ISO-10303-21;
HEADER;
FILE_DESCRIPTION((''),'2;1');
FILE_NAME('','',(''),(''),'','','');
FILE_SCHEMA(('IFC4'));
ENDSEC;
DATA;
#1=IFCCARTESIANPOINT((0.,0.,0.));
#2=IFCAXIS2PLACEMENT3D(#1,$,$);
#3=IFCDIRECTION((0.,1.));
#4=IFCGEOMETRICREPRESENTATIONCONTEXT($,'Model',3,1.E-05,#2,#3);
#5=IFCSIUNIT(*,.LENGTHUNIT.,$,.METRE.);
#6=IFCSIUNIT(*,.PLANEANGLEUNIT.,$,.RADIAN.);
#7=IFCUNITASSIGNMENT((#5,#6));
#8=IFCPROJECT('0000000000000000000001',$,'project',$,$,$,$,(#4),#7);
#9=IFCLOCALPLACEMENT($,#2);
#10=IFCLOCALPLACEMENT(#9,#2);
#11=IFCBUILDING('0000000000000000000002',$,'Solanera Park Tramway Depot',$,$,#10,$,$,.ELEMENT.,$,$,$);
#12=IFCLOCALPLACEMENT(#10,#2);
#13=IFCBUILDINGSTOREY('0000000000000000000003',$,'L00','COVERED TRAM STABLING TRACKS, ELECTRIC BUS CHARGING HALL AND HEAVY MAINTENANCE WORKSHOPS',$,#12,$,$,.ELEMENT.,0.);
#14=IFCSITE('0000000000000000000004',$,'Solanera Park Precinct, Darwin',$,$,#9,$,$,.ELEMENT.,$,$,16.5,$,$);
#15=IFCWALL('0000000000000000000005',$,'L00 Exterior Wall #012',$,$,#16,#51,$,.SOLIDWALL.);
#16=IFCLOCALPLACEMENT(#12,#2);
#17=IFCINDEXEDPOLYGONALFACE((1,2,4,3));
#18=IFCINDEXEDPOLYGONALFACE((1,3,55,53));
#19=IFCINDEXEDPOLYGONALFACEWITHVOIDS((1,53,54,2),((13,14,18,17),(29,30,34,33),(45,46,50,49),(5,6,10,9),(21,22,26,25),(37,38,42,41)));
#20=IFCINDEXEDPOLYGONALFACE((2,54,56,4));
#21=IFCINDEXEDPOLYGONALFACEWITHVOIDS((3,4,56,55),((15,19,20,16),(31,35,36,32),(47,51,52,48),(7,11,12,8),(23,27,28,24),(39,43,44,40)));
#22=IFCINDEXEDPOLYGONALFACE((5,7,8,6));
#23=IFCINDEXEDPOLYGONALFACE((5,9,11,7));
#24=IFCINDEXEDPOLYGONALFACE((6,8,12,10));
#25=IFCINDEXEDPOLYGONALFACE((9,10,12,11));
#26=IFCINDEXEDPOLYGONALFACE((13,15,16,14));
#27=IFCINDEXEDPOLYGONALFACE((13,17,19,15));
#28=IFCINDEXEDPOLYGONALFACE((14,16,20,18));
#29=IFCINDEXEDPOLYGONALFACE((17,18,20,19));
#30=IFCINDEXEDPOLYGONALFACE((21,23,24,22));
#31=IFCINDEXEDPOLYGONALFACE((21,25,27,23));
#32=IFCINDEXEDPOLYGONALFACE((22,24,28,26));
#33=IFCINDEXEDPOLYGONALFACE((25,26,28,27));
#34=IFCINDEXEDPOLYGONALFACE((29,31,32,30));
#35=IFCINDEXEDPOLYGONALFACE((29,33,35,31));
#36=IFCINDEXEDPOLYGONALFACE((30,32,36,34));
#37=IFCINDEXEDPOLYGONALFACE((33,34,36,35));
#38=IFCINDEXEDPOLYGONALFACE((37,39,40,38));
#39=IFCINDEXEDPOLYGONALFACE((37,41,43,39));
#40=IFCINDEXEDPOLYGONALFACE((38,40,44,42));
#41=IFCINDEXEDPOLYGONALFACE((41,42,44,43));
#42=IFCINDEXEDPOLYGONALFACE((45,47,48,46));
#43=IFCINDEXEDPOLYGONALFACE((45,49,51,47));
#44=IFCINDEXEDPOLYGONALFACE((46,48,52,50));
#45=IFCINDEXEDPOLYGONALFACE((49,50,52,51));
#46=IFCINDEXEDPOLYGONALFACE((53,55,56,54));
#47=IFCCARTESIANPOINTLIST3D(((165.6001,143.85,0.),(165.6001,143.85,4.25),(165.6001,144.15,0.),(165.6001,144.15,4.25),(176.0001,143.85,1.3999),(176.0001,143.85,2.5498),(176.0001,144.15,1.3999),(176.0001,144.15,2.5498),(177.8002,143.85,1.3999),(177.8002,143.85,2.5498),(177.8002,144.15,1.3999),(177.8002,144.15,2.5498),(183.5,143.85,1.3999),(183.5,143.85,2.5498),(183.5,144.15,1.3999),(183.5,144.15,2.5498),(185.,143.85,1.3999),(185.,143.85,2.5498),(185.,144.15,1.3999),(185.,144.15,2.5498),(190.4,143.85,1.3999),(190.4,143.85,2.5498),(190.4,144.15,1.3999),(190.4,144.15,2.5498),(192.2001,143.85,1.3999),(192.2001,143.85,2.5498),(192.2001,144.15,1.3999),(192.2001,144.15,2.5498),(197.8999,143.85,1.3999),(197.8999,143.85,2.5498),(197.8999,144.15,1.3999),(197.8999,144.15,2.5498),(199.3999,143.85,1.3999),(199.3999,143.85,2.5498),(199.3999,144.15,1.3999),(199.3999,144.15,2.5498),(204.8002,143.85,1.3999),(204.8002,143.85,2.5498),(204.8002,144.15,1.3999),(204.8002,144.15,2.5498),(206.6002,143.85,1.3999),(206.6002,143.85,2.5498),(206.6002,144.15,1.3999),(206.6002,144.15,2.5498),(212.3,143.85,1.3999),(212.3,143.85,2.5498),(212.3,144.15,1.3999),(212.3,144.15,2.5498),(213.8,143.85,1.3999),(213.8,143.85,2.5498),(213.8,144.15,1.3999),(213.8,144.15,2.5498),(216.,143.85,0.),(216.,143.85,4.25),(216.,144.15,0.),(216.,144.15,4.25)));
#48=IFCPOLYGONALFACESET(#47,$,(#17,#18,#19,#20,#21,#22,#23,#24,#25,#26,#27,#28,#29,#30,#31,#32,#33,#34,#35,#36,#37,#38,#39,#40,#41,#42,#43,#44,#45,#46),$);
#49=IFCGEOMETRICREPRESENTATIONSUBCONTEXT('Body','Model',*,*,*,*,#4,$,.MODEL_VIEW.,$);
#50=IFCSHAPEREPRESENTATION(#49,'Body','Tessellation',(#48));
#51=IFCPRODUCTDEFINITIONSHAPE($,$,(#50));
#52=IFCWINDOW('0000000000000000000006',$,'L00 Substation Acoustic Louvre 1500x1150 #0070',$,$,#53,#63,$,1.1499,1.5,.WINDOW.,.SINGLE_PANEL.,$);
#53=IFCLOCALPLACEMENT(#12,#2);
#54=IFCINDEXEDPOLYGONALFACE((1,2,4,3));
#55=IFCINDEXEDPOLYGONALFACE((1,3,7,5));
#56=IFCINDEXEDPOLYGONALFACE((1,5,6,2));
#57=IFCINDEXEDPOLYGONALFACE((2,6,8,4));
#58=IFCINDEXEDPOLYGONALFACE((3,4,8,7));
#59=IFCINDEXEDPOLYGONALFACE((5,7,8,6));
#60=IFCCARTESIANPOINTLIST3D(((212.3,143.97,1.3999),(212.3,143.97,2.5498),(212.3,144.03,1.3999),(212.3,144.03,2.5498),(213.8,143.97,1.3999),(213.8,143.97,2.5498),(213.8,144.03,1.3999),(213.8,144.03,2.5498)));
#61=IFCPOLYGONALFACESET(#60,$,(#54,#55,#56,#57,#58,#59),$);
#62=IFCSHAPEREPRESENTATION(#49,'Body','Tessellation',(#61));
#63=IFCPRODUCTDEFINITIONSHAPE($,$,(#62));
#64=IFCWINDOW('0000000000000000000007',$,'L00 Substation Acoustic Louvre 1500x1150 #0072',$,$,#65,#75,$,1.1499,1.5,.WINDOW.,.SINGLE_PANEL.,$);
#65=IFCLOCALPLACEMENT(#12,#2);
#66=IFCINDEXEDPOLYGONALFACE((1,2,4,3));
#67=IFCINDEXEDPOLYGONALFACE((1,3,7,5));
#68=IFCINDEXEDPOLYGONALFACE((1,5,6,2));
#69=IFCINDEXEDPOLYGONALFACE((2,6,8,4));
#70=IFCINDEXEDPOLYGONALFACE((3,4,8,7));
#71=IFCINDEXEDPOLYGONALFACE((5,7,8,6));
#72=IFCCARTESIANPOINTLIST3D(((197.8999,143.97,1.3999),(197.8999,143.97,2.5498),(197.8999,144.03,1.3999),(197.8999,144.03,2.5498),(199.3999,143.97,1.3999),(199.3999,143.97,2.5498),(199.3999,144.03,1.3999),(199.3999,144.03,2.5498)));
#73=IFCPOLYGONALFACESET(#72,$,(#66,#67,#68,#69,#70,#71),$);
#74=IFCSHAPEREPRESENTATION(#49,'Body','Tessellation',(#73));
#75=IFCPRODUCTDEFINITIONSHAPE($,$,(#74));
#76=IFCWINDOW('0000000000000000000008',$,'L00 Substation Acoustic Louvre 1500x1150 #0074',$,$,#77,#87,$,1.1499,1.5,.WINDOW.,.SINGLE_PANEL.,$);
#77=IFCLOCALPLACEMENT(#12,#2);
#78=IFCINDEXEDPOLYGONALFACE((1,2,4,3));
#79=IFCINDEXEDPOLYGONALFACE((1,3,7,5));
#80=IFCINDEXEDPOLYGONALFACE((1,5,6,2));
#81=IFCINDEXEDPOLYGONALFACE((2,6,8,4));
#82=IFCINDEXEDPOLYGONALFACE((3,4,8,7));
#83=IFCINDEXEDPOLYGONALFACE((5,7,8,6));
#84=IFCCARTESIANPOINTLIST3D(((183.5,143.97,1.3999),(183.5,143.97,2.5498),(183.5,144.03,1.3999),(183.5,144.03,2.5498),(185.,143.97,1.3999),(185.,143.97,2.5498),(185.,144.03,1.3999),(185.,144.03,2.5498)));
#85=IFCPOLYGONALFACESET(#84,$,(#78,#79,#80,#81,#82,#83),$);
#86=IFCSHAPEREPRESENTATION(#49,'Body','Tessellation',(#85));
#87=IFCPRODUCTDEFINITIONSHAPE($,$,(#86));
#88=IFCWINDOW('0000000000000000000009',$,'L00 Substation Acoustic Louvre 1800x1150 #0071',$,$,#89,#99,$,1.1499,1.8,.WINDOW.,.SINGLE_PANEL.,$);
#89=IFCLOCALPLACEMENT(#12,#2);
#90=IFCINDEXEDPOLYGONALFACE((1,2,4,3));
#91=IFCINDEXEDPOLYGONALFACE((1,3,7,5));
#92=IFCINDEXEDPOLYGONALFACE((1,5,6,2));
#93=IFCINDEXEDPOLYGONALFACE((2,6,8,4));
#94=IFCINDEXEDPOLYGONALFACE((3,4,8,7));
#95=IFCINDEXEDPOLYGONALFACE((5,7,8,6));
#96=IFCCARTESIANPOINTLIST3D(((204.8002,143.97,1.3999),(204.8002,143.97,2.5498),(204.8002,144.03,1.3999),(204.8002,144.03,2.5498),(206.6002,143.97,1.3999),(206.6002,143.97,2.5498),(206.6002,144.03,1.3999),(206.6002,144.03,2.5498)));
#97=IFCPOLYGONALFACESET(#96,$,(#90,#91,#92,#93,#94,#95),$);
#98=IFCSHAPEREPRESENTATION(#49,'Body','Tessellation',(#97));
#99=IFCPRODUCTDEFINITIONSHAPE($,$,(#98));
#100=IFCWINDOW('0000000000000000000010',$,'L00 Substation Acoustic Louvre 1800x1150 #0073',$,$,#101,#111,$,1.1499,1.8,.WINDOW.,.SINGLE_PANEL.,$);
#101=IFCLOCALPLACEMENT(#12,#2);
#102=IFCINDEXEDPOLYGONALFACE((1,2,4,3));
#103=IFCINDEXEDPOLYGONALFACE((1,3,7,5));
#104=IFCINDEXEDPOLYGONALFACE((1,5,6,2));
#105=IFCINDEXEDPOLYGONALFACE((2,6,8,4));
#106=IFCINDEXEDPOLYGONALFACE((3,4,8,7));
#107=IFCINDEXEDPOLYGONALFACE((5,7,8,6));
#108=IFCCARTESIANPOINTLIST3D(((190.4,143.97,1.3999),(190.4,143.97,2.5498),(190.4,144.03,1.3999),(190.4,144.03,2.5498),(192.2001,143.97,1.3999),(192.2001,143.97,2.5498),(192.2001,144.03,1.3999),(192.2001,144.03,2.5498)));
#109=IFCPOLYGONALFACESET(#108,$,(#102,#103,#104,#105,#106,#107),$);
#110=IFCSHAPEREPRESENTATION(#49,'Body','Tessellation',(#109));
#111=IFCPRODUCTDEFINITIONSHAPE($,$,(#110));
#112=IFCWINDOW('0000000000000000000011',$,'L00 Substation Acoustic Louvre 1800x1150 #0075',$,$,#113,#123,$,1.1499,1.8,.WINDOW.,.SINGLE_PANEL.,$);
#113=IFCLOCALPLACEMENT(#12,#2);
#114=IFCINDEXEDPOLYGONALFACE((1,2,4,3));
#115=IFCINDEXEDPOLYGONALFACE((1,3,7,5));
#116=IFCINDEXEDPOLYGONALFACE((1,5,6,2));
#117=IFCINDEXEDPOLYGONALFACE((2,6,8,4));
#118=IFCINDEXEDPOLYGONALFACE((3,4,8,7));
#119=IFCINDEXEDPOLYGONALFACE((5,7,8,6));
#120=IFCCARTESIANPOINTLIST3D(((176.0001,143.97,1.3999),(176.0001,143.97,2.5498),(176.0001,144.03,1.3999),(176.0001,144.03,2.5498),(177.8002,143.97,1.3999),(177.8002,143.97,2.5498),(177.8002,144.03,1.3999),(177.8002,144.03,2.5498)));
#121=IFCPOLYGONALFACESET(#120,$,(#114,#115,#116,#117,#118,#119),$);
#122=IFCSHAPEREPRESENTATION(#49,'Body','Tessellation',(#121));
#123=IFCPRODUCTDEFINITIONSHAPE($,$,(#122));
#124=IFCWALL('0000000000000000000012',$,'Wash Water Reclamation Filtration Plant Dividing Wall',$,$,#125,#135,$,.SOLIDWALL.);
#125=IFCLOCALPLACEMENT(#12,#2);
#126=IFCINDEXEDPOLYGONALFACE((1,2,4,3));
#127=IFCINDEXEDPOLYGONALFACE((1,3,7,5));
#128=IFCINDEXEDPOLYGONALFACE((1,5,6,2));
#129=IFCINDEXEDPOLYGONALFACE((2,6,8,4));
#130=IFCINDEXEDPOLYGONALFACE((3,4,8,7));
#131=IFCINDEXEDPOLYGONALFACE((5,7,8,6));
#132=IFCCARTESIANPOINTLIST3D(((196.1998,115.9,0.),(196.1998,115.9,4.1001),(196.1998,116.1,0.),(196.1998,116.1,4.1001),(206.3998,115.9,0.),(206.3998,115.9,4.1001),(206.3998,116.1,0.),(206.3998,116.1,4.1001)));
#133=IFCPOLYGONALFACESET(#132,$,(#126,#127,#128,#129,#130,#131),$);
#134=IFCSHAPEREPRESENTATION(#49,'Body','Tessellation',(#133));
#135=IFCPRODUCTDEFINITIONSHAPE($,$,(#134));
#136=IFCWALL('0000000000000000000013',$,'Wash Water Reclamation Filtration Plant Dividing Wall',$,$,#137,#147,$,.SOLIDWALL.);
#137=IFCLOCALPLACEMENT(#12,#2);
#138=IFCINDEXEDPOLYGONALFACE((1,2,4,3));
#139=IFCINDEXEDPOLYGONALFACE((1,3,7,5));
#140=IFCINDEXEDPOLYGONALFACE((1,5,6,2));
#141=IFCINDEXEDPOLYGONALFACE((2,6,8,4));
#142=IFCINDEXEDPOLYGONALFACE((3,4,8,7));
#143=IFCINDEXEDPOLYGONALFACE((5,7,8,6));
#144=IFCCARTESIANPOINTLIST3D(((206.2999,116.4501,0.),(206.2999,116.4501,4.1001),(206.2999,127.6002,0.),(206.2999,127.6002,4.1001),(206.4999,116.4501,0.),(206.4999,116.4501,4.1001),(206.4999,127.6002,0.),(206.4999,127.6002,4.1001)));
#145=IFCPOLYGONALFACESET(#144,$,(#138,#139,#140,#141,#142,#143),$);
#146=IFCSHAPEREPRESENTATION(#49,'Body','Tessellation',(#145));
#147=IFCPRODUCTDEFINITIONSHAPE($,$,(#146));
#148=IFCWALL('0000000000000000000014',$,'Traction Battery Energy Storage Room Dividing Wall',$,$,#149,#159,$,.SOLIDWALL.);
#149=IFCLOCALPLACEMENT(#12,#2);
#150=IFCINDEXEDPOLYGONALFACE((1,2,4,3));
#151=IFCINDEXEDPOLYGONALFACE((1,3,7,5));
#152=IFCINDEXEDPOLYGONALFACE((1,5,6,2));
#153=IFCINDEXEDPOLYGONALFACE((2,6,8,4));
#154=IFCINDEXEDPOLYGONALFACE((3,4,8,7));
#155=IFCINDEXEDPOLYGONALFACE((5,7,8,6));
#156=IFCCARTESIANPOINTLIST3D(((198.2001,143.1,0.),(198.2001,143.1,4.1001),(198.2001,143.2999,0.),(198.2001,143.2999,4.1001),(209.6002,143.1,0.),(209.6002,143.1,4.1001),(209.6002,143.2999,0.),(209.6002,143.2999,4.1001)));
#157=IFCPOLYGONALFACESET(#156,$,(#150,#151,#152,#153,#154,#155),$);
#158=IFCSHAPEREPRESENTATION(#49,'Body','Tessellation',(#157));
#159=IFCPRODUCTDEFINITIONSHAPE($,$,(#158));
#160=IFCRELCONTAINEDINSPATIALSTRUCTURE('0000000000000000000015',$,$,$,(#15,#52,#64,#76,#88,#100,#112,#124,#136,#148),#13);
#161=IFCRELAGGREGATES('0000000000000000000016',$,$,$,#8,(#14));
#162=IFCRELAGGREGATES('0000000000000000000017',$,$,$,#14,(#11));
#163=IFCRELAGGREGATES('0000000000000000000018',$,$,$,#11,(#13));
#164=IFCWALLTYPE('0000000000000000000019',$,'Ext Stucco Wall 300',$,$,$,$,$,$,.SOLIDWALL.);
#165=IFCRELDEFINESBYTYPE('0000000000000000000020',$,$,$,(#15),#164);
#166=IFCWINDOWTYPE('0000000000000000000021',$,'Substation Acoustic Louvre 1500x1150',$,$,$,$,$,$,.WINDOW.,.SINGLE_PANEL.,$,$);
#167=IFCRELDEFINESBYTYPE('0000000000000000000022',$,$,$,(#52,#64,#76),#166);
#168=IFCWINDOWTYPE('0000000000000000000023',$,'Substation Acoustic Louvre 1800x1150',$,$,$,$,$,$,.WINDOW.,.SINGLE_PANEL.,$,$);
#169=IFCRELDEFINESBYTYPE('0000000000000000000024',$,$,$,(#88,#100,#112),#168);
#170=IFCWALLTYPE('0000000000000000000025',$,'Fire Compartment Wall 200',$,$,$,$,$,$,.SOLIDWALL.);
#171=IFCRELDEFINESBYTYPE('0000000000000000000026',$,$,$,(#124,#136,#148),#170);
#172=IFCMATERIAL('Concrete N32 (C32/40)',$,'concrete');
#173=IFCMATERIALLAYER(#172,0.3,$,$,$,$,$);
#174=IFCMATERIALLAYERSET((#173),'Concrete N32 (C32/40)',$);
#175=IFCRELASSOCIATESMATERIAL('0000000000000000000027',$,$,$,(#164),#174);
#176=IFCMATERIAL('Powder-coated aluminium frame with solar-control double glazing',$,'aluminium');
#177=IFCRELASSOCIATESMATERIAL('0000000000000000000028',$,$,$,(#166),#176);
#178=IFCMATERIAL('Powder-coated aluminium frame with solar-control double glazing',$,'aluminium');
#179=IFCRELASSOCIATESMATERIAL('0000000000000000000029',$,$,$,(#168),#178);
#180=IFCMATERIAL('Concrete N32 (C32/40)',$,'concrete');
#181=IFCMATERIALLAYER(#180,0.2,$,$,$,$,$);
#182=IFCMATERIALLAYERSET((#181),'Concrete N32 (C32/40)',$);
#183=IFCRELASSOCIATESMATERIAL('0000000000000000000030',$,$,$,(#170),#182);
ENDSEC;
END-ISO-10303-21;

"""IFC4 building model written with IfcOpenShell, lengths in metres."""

from ifc_helpers import new_model, si_unit, direction, frame, frame_2d, origin, place, context, subcontext, project, spatial, rectangle, extrude, material, layer, layer_set, type_object, element, fill, save


model = new_model("IFC4")

# Units and contexts
model_context = context("Model", 3, precision=1e-05, world=origin(), true_north=direction((0.0, 1.0)))
body_context = subcontext(model_context, "Body", "Model", "MODEL_VIEW")
ifc_project = project(units=[si_unit("LENGTHUNIT", "METRE"), si_unit("PLANEANGLEUNIT", "RADIAN")], contexts=[model_context])

# Site, building, storey
site_placement = place(None, origin())
site = spatial("IfcSite", under=ifc_project, at=site_placement, Name="Solanera Park Precinct, Darwin", CompositionType="ELEMENT", RefElevation=16.5)
building_placement = place(site_placement, origin())
building = spatial("IfcBuilding", under=site, at=building_placement, Name="Solanera Park Tramway Depot", CompositionType="ELEMENT")
storey_placement = place(building_placement, origin())
storey = spatial("IfcBuildingStorey", under=building, at=storey_placement, Name="L00", Description="COVERED TRAM STABLING TRACKS, ELECTRIC BUS CHARGING HALL AND HEAVY MAINTENANCE WORKSHOPS", CompositionType="ELEMENT", Elevation=0.0)

# Wall, openings, windows
ifc_material_1 = material(Name="Concrete N32 (C32/40)", Category="concrete")
ifc_layer_1 = layer(ifc_material_1, 0.3)
ifc_layer_set_1 = layer_set([ifc_layer_1], Name="Concrete N32 (C32/40)")
wall_type_1 = type_object("IfcWallType", Name="Ext Stucco Wall 300", PredefinedType="SOLIDWALL", material=ifc_layer_set_1)
wall_1_placement = place(storey_placement, frame((216.0, 144.0, 0.0), z_axis=(0.0, 0.0, 1.0), x_axis=(-1.0, 0.0, 0.0)))
wall_1 = element("IfcWall", 1, at=wall_1_placement, inside=storey, type_object=wall_type_1, Name="L00 Exterior Wall #012", PredefinedType="SOLIDWALL", context=body_context, shape_type="SweptSolid", body=[
    extrude(rectangle(XDim=50.3999, YDim=0.3, at=frame_2d((25.2, 0.0))), origin(), (0.0, 0.0, 1.0), 4.25),
])
opening_1_placement = place(wall_1_placement, frame((2.2, 0.0, 1.3999)))
opening_1 = element("IfcOpeningElement", 2, at=opening_1_placement, cuts=wall_1, PredefinedType="OPENING", context=body_context, shape_type="SweptSolid", body=[
    extrude(rectangle(XDim=1.5, YDim=1.1499, at=frame_2d((0.75, 0.575))), frame((0.0, 0.1602, 0.0), z_axis=(0.0, -1.0, 0.0), x_axis=(1.0, 0.0, 0.0)), (0.0, 0.0, 1.0), 0.3201),
])
opening_2_placement = place(wall_1_placement, frame((9.3999, 0.0, 1.3999)))
opening_2 = element("IfcOpeningElement", 3, at=opening_2_placement, cuts=wall_1, PredefinedType="OPENING", context=body_context, shape_type="SweptSolid", body=[
    extrude(rectangle(XDim=1.8, YDim=1.1499, at=frame_2d((0.8999, 0.575))), frame((0.0, 0.1602, 0.0), z_axis=(0.0, -1.0, 0.0), x_axis=(1.0, 0.0, 0.0)), (0.0, 0.0, 1.0), 0.3201),
])
opening_3_placement = place(wall_1_placement, frame((16.6001, 0.0, 1.3999)))
opening_3 = element("IfcOpeningElement", 4, at=opening_3_placement, cuts=wall_1, PredefinedType="OPENING", context=body_context, shape_type="SweptSolid", body=[
    extrude(rectangle(XDim=1.5, YDim=1.1499, at=frame_2d((0.75, 0.575))), frame((0.0, 0.1602, 0.0), z_axis=(0.0, -1.0, 0.0), x_axis=(1.0, 0.0, 0.0)), (0.0, 0.0, 1.0), 0.3201),
])
opening_4_placement = place(wall_1_placement, frame((23.8, 0.0, 1.3999)))
opening_4 = element("IfcOpeningElement", 5, at=opening_4_placement, cuts=wall_1, PredefinedType="OPENING", context=body_context, shape_type="SweptSolid", body=[
    extrude(rectangle(XDim=1.8, YDim=1.1499, at=frame_2d((0.8999, 0.575))), frame((0.0, 0.1602, 0.0), z_axis=(0.0, -1.0, 0.0), x_axis=(1.0, 0.0, 0.0)), (0.0, 0.0, 1.0), 0.3201),
])
opening_5_placement = place(wall_1_placement, frame((31.0, 0.0, 1.3999)))
opening_5 = element("IfcOpeningElement", 6, at=opening_5_placement, cuts=wall_1, PredefinedType="OPENING", context=body_context, shape_type="SweptSolid", body=[
    extrude(rectangle(XDim=1.5, YDim=1.1499, at=frame_2d((0.75, 0.575))), frame((0.0, 0.1602, 0.0), z_axis=(0.0, -1.0, 0.0), x_axis=(1.0, 0.0, 0.0)), (0.0, 0.0, 1.0), 0.3201),
])
opening_6_placement = place(wall_1_placement, frame((38.2, 0.0, 1.3999)))
opening_6 = element("IfcOpeningElement", 7, at=opening_6_placement, cuts=wall_1, PredefinedType="OPENING", context=body_context, shape_type="SweptSolid", body=[
    extrude(rectangle(XDim=1.8, YDim=1.1499, at=frame_2d((0.8999, 0.575))), frame((0.0, 0.1602, 0.0), z_axis=(0.0, -1.0, 0.0), x_axis=(1.0, 0.0, 0.0)), (0.0, 0.0, 1.0), 0.3201),
])
ifc_material_2 = material(Name="Powder-coated aluminium frame with solar-control double glazing", Category="aluminium")
window_type_1 = type_object("IfcWindowType", Name="Substation Acoustic Louvre 1500x1150", PartitioningType="SINGLE_PANEL", PredefinedType="WINDOW", material=ifc_material_2)
window_1_placement = place(opening_1_placement, origin())
window_1 = element("IfcWindow", 8, at=window_1_placement, inside=storey, type_object=window_type_1, Name="L00 Substation Acoustic Louvre 1500x1150 #0070", OverallHeight=1.1499, OverallWidth=1.5, PartitioningType="SINGLE_PANEL", PredefinedType="WINDOW", context=body_context, shape_type="SweptSolid", body=[
    extrude(rectangle(XDim=1.5, YDim=1.1499, at=frame_2d((0.75, 0.575))), frame((0.0, 0.03, 0.0), z_axis=(0.0, -1.0, 0.0), x_axis=(1.0, 0.0, 0.0)), (0.0, 0.0, 1.0), 0.0601),
])
fill(opening_1, window_1)
window_2_placement = place(opening_3_placement, origin())
window_2 = element("IfcWindow", 9, at=window_2_placement, inside=storey, type_object=window_type_1, Name="L00 Substation Acoustic Louvre 1500x1150 #0072", OverallHeight=1.1499, OverallWidth=1.5, PartitioningType="SINGLE_PANEL", PredefinedType="WINDOW", context=body_context, shape_type="SweptSolid", body=[
    extrude(rectangle(XDim=1.5, YDim=1.1499, at=frame_2d((0.75, 0.575))), frame((0.0, 0.03, 0.0), z_axis=(0.0, -1.0, 0.0), x_axis=(1.0, 0.0, 0.0)), (0.0, 0.0, 1.0), 0.0601),
])
fill(opening_3, window_2)
window_3_placement = place(opening_5_placement, origin())
window_3 = element("IfcWindow", 10, at=window_3_placement, inside=storey, type_object=window_type_1, Name="L00 Substation Acoustic Louvre 1500x1150 #0074", OverallHeight=1.1499, OverallWidth=1.5, PartitioningType="SINGLE_PANEL", PredefinedType="WINDOW", context=body_context, shape_type="SweptSolid", body=[
    extrude(rectangle(XDim=1.5, YDim=1.1499, at=frame_2d((0.75, 0.575))), frame((0.0, 0.03, 0.0), z_axis=(0.0, -1.0, 0.0), x_axis=(1.0, 0.0, 0.0)), (0.0, 0.0, 1.0), 0.0601),
])
fill(opening_5, window_3)
ifc_material_3 = material(Name="Powder-coated aluminium frame with solar-control double glazing", Category="aluminium")
window_type_2 = type_object("IfcWindowType", Name="Substation Acoustic Louvre 1800x1150", PartitioningType="SINGLE_PANEL", PredefinedType="WINDOW", material=ifc_material_3)
window_4_placement = place(opening_2_placement, origin())
window_4 = element("IfcWindow", 11, at=window_4_placement, inside=storey, type_object=window_type_2, Name="L00 Substation Acoustic Louvre 1800x1150 #0071", OverallHeight=1.1499, OverallWidth=1.8, PartitioningType="SINGLE_PANEL", PredefinedType="WINDOW", context=body_context, shape_type="SweptSolid", body=[
    extrude(rectangle(XDim=1.8, YDim=1.1499, at=frame_2d((0.8999, 0.575))), frame((0.0, 0.03, 0.0), z_axis=(0.0, -1.0, 0.0), x_axis=(1.0, 0.0, 0.0)), (0.0, 0.0, 1.0), 0.0601),
])
fill(opening_2, window_4)
window_5_placement = place(opening_4_placement, origin())
window_5 = element("IfcWindow", 12, at=window_5_placement, inside=storey, type_object=window_type_2, Name="L00 Substation Acoustic Louvre 1800x1150 #0073", OverallHeight=1.1499, OverallWidth=1.8, PartitioningType="SINGLE_PANEL", PredefinedType="WINDOW", context=body_context, shape_type="SweptSolid", body=[
    extrude(rectangle(XDim=1.8, YDim=1.1499, at=frame_2d((0.8999, 0.575))), frame((0.0, 0.03, 0.0), z_axis=(0.0, -1.0, 0.0), x_axis=(1.0, 0.0, 0.0)), (0.0, 0.0, 1.0), 0.0601),
])
fill(opening_4, window_5)
window_6_placement = place(opening_6_placement, origin())
window_6 = element("IfcWindow", 13, at=window_6_placement, inside=storey, type_object=window_type_2, Name="L00 Substation Acoustic Louvre 1800x1150 #0075", OverallHeight=1.1499, OverallWidth=1.8, PartitioningType="SINGLE_PANEL", PredefinedType="WINDOW", context=body_context, shape_type="SweptSolid", body=[
    extrude(rectangle(XDim=1.8, YDim=1.1499, at=frame_2d((0.8999, 0.575))), frame((0.0, 0.03, 0.0), z_axis=(0.0, -1.0, 0.0), x_axis=(1.0, 0.0, 0.0)), (0.0, 0.0, 1.0), 0.0601),
])
fill(opening_6, window_6)

# Walls
ifc_material_4 = material(Name="Concrete N32 (C32/40)", Category="concrete")
ifc_layer_2 = layer(ifc_material_4, 0.2)
ifc_layer_set_2 = layer_set([ifc_layer_2], Name="Concrete N32 (C32/40)")
wall_type_2 = type_object("IfcWallType", Name="Fire Compartment Wall 200", PredefinedType="SOLIDWALL", material=ifc_layer_set_2)
wall_2_placement = place(storey_placement, frame((206.3999, 116.0, 0.0), z_axis=(0.0, 0.0, 1.0), x_axis=(-1.0, 0.0, 0.0)))
element("IfcWall", 14, at=wall_2_placement, inside=storey, type_object=wall_type_2, Name="Wash Water Reclamation Filtration Plant Dividing Wall", PredefinedType="SOLIDWALL", context=body_context, shape_type="SweptSolid", body=[
    extrude(rectangle(XDim=10.2, YDim=0.2, at=frame_2d((5.1001, 0.0))), origin(), (0.0, 0.0, 1.0), 4.1001),
])
wall_3_placement = place(storey_placement, frame((206.3999, 116.45, 0.0), z_axis=(0.0, 0.0, 1.0), x_axis=(0.0, 1.0, 0.0)))
element("IfcWall", 15, at=wall_3_placement, inside=storey, type_object=wall_type_2, Name="Wash Water Reclamation Filtration Plant Dividing Wall", PredefinedType="SOLIDWALL", context=body_context, shape_type="SweptSolid", body=[
    extrude(rectangle(XDim=11.1501, YDim=0.2, at=frame_2d((5.5752, 0.0))), origin(), (0.0, 0.0, 1.0), 4.1001),
])
wall_4_placement = place(storey_placement, frame((198.2, 143.2, 0.0), z_axis=(0.0, 0.0, 1.0), x_axis=(1.0, 0.0, 0.0)))
element("IfcWall", 16, at=wall_4_placement, inside=storey, type_object=wall_type_2, Name="Traction Battery Energy Storage Room Dividing Wall", PredefinedType="SOLIDWALL", context=body_context, shape_type="SweptSolid", body=[
    extrude(rectangle(XDim=11.4001, YDim=0.2, at=frame_2d((5.7002, 0.0))), origin(), (0.0, 0.0, 1.0), 4.1001),
])

save(model, "model.ifc")
